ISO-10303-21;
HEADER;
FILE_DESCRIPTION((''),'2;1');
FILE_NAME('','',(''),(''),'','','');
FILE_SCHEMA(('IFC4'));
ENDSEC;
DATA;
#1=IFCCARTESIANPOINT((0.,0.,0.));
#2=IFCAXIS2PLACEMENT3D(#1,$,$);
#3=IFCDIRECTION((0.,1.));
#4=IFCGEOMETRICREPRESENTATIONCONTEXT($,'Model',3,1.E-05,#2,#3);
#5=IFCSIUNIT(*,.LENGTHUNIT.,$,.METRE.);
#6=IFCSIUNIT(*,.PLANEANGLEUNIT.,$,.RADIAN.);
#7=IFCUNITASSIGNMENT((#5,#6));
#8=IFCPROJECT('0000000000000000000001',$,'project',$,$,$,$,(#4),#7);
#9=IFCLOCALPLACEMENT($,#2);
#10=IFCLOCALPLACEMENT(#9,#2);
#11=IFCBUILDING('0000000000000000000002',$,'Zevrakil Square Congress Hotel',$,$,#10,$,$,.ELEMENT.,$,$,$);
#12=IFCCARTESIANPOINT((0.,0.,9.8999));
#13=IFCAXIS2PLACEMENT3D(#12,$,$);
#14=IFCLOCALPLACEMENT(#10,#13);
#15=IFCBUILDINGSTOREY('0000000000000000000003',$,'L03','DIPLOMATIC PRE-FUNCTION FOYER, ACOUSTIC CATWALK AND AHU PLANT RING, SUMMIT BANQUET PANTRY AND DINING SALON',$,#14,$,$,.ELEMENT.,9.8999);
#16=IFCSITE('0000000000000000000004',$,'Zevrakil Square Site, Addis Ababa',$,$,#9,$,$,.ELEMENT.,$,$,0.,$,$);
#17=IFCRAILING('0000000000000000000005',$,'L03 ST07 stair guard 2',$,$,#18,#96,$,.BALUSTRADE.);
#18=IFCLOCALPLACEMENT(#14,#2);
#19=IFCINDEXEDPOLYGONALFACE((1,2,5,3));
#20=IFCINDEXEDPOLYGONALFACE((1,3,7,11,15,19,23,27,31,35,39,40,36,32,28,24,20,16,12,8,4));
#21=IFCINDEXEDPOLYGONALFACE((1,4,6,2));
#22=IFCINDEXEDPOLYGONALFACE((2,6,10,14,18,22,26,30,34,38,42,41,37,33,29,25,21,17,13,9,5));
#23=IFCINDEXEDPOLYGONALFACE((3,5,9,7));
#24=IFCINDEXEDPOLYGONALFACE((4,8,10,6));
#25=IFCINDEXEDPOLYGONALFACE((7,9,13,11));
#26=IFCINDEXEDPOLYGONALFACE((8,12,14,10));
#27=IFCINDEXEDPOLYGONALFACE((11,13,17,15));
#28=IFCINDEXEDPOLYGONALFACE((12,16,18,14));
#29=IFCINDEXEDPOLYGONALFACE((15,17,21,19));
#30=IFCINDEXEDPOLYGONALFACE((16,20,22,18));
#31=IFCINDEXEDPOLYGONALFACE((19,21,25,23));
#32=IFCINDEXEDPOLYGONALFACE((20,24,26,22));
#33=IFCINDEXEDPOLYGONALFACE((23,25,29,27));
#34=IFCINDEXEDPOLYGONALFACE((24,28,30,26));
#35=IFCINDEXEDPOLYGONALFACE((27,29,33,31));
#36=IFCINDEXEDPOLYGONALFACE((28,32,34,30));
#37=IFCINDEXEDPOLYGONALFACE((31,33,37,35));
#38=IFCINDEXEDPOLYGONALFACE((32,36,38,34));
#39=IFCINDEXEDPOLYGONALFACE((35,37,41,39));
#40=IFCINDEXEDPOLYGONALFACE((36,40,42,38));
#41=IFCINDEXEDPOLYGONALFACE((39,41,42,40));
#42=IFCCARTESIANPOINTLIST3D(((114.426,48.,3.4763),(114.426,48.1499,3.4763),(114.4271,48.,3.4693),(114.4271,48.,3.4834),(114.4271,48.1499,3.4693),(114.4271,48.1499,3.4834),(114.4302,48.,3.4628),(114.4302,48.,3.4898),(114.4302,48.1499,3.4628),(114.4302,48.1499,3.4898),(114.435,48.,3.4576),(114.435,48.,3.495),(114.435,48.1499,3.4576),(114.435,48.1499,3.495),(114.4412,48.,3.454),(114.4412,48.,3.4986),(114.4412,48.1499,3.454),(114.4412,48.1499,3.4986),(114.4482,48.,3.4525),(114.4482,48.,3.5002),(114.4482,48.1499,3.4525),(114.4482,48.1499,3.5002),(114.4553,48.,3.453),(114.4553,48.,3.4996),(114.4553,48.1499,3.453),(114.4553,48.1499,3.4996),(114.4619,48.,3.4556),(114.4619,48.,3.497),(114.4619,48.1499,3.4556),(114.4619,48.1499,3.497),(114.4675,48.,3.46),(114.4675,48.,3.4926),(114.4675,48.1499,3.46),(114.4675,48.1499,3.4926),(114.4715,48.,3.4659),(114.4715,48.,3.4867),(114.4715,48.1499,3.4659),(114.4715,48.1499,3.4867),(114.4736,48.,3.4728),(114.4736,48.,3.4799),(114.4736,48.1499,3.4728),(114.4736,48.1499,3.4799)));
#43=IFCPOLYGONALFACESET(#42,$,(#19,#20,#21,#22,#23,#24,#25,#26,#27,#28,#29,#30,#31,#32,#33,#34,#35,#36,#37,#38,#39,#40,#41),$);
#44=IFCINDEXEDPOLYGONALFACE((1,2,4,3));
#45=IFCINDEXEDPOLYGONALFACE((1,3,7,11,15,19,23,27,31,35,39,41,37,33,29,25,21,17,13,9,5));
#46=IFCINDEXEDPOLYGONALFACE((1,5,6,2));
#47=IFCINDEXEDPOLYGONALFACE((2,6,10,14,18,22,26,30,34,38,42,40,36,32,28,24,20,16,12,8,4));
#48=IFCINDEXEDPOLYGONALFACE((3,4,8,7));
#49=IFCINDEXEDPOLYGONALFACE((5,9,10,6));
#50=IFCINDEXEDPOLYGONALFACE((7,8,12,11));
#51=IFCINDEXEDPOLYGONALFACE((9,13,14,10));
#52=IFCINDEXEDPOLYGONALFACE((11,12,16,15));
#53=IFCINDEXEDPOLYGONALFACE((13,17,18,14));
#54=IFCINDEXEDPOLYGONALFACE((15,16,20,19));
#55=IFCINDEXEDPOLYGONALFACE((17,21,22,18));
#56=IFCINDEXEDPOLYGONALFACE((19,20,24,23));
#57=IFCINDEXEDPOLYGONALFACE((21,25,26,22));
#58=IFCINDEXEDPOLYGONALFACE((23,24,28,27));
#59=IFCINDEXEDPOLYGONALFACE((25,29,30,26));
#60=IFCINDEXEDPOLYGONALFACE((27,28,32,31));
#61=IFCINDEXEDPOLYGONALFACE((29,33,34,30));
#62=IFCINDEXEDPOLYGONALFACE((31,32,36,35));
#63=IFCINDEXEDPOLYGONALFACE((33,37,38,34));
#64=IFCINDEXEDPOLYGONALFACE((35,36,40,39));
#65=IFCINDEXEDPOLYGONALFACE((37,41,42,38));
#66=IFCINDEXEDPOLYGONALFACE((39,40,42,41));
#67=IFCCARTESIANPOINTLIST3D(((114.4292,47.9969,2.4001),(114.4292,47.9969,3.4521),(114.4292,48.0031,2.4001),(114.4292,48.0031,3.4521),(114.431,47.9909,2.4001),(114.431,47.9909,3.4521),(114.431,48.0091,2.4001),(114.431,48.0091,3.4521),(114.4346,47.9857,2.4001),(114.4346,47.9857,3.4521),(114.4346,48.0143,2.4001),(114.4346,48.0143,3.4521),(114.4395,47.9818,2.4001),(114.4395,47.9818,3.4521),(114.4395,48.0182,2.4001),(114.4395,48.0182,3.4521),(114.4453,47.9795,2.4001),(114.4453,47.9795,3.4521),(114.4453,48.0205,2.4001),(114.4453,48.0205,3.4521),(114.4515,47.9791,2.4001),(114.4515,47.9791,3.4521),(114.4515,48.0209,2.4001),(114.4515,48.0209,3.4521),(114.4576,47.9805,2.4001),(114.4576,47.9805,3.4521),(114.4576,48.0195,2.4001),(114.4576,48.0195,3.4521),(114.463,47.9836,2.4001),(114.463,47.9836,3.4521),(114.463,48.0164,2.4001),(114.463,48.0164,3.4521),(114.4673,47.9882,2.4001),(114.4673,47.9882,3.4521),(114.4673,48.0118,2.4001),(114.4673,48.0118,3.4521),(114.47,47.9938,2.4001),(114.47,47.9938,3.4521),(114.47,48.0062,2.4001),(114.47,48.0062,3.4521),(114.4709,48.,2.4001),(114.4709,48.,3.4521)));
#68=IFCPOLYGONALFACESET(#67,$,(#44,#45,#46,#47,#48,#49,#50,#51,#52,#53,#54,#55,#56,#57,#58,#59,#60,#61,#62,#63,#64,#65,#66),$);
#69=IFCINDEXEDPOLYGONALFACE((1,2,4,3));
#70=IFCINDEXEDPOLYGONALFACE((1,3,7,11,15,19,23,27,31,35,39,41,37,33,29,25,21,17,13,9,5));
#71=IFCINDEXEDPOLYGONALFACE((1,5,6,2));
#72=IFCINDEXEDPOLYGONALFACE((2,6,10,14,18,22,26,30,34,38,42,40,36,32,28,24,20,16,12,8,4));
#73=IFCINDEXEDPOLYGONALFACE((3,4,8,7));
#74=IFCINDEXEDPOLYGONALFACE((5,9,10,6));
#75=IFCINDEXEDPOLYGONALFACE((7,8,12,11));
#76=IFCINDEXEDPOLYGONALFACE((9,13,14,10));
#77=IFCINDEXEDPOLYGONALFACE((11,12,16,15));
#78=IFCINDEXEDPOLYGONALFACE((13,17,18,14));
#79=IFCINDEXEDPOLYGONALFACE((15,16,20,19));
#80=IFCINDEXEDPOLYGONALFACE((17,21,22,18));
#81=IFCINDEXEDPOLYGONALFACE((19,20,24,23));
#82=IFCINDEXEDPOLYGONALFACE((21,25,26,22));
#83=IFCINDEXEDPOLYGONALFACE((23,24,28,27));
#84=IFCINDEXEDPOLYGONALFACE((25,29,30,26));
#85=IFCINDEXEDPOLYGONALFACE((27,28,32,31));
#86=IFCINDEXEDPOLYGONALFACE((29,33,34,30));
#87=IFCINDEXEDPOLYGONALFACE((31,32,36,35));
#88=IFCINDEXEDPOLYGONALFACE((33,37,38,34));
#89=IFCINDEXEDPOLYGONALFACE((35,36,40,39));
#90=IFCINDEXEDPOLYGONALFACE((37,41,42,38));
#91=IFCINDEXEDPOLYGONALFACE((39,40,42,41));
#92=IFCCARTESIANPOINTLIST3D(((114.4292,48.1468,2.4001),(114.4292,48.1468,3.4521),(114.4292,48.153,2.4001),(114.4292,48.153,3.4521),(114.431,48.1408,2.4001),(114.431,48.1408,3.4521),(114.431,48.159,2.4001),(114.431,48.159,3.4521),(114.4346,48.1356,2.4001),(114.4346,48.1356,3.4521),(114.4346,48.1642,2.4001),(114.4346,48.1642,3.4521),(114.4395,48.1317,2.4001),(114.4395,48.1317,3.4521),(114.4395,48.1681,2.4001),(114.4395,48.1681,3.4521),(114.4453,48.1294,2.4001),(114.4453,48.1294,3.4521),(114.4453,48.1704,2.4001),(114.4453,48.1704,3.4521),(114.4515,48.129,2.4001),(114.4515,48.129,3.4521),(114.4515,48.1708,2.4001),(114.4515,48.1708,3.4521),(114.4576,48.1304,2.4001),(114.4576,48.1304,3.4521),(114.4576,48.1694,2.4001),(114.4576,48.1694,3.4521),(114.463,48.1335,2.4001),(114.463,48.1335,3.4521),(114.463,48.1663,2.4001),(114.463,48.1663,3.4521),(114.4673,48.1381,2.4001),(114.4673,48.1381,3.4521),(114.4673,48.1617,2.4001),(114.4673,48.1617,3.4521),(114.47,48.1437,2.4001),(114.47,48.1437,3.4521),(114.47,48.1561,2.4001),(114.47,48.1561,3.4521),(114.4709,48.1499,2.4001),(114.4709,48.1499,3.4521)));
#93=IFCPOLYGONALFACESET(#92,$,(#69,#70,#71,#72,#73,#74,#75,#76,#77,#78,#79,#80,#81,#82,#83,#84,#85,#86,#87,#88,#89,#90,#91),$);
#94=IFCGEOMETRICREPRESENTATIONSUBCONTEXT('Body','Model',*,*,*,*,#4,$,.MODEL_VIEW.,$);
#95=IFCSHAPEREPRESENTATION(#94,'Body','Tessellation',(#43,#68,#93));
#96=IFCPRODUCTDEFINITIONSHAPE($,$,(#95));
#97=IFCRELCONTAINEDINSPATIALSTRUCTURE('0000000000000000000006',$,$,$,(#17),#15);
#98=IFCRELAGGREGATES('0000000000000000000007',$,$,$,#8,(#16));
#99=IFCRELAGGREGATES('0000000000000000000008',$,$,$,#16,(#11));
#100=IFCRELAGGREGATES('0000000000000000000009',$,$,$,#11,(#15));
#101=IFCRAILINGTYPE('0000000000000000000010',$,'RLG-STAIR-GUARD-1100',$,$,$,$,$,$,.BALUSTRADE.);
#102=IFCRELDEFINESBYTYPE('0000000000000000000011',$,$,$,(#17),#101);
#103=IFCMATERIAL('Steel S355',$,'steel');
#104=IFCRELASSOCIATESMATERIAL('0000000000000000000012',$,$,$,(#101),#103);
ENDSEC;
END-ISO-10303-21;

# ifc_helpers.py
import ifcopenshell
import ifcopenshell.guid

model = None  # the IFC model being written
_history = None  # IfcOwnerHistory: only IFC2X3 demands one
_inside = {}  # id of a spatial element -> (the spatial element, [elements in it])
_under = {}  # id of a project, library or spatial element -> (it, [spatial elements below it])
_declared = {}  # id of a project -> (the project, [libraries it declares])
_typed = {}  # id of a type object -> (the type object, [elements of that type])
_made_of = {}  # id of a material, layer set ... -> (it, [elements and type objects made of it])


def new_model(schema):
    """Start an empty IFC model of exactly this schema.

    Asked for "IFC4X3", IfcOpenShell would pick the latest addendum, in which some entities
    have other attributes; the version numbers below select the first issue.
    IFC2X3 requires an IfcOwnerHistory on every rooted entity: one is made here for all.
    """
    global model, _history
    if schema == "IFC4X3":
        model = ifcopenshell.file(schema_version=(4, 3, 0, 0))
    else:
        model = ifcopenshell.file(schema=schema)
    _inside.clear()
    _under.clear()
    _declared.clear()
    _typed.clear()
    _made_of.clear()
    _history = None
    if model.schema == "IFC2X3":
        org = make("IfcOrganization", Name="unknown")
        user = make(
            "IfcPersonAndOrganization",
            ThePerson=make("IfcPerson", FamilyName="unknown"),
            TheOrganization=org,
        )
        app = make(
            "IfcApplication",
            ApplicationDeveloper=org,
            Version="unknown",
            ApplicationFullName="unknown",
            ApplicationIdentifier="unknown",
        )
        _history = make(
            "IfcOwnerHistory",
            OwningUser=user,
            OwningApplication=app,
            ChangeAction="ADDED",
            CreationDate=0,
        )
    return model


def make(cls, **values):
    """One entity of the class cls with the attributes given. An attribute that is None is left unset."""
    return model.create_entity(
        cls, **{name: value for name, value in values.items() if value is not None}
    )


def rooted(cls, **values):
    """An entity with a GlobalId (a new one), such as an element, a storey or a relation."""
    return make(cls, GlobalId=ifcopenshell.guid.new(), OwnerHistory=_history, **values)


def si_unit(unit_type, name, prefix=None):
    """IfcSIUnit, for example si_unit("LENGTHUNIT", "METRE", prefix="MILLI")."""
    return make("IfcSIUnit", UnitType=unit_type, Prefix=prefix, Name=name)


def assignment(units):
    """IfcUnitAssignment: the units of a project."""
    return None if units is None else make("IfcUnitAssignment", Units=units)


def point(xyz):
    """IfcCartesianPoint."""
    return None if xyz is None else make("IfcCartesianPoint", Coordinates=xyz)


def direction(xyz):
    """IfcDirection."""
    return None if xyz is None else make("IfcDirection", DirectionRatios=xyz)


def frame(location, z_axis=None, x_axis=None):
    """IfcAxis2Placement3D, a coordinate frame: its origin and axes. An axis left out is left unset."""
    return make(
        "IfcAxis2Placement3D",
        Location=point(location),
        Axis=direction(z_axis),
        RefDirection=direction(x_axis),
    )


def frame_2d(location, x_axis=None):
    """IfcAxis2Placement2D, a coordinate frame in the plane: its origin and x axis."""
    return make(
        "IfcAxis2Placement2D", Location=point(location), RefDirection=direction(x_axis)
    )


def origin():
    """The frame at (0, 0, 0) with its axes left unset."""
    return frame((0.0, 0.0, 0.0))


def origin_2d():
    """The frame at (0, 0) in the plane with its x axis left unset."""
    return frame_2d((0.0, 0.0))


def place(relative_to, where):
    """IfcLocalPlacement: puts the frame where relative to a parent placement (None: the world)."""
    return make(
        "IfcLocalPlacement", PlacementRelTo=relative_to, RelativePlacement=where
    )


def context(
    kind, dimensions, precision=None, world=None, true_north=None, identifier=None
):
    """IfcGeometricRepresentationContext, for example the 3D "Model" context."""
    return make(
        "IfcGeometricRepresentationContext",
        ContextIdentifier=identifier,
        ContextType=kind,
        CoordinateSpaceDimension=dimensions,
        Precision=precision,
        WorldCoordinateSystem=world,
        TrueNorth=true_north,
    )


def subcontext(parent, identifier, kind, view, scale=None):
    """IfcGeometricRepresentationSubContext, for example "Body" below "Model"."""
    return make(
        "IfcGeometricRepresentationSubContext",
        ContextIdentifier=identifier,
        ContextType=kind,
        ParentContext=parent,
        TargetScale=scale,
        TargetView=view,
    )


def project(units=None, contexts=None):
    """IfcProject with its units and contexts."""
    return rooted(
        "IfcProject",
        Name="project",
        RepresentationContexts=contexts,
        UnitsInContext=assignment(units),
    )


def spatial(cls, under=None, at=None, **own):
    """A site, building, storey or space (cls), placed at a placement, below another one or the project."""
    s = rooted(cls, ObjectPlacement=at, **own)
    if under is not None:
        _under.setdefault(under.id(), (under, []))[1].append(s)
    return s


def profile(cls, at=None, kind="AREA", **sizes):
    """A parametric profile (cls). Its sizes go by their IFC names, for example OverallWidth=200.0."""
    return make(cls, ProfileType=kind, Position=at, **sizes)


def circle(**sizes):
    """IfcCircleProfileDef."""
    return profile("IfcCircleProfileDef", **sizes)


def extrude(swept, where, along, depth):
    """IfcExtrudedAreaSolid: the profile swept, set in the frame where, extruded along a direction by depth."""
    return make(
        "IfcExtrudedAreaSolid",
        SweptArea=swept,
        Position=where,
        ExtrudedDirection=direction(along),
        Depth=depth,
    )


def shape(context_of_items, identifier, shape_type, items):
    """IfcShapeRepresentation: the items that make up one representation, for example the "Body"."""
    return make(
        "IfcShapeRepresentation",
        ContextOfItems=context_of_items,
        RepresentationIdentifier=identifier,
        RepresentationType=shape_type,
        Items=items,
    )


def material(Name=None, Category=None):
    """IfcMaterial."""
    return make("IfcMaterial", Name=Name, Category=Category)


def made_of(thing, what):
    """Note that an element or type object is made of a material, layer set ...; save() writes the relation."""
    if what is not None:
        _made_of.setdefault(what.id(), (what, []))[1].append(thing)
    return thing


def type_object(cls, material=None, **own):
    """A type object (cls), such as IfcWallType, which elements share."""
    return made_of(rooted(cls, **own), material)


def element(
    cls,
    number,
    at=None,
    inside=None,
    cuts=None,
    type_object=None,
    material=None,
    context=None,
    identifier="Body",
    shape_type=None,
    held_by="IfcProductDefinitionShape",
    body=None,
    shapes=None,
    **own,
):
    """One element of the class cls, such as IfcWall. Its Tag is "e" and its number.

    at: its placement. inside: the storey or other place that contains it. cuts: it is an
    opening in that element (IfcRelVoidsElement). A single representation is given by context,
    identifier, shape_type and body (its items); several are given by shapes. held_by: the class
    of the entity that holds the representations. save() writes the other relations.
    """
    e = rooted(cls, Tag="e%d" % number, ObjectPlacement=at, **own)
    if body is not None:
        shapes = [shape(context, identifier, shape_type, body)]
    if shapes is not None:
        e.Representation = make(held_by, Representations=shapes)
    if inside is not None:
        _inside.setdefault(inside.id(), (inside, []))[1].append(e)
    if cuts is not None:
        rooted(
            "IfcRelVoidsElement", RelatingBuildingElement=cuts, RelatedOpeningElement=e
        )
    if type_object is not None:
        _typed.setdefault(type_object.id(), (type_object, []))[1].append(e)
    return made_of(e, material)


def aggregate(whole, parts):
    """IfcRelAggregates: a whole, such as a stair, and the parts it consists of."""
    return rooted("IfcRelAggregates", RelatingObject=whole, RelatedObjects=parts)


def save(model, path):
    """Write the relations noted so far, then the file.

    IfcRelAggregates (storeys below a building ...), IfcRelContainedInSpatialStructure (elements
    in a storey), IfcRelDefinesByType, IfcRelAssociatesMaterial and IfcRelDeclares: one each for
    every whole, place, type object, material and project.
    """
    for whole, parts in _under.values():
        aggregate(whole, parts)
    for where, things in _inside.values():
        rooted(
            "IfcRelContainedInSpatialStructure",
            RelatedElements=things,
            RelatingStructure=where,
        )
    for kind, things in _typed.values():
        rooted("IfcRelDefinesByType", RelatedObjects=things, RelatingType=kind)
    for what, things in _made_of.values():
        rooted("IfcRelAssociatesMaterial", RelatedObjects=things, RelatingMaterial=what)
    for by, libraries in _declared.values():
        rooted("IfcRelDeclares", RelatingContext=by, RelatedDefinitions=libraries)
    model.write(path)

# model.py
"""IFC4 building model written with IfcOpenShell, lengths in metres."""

from ifc_helpers import new_model, si_unit, direction, frame, origin, origin_2d, place, context, subcontext, project, spatial, circle, extrude, material, type_object, element, save


model = new_model("IFC4")

# Units and contexts
model_context = context("Model", 3, precision=1e-05, world=origin(), true_north=direction((0.0, 1.0)))
body_context = subcontext(model_context, "Body", "Model", "MODEL_VIEW")
ifc_project = project(units=[si_unit("LENGTHUNIT", "METRE"), si_unit("PLANEANGLEUNIT", "RADIAN")], contexts=[model_context])

# Site, building, storey
site_placement = place(None, origin())
site = spatial("IfcSite", under=ifc_project, at=site_placement, Name="Zevrakil Square Site, Addis Ababa", CompositionType="ELEMENT", RefElevation=0.0)
building_placement = place(site_placement, origin())
building = spatial("IfcBuilding", under=site, at=building_placement, Name="Zevrakil Square Congress Hotel", CompositionType="ELEMENT")
storey_placement = place(building_placement, frame((0.0, 0.0, 9.8999)))
storey = spatial("IfcBuildingStorey", under=building, at=storey_placement, Name="L03", Description="DIPLOMATIC PRE-FUNCTION FOYER, ACOUSTIC CATWALK AND AHU PLANT RING, SUMMIT BANQUET PANTRY AND DINING SALON", CompositionType="ELEMENT", Elevation=9.8999)

# Railing
ifc_material_1 = material(Name="Steel S355", Category="steel")
railing_type_1 = type_object("IfcRailingType", Name="RLG-STAIR-GUARD-1100", PredefinedType="BALUSTRADE", material=ifc_material_1)
railing_1_placement = place(storey_placement, frame((114.45, 48.0, 2.4001)))
element("IfcRailing", 1, at=railing_1_placement, inside=storey, type_object=railing_type_1, Name="L03 ST07 stair guard 2", PredefinedType="BALUSTRADE", context=body_context, shape_type="SweptSolid", body=[
    extrude(circle(Radius=0.0239, at=origin_2d()), frame((0.0, 0.0, 1.0762), z_axis=(0.0, 1.0, 0.0), x_axis=(-1.0, 0.0, 0.0)), (0.0, 0.0, 1.0), 0.1499),
    extrude(circle(Radius=0.021, at=origin_2d()), origin(), (0.0, 0.0, 1.0), 1.052),
    extrude(circle(Radius=0.021, at=origin_2d()), frame((0.0, 0.1499, 0.0)), (0.0, 0.0, 1.0), 1.052),
])

save(model, "model.ifc")
